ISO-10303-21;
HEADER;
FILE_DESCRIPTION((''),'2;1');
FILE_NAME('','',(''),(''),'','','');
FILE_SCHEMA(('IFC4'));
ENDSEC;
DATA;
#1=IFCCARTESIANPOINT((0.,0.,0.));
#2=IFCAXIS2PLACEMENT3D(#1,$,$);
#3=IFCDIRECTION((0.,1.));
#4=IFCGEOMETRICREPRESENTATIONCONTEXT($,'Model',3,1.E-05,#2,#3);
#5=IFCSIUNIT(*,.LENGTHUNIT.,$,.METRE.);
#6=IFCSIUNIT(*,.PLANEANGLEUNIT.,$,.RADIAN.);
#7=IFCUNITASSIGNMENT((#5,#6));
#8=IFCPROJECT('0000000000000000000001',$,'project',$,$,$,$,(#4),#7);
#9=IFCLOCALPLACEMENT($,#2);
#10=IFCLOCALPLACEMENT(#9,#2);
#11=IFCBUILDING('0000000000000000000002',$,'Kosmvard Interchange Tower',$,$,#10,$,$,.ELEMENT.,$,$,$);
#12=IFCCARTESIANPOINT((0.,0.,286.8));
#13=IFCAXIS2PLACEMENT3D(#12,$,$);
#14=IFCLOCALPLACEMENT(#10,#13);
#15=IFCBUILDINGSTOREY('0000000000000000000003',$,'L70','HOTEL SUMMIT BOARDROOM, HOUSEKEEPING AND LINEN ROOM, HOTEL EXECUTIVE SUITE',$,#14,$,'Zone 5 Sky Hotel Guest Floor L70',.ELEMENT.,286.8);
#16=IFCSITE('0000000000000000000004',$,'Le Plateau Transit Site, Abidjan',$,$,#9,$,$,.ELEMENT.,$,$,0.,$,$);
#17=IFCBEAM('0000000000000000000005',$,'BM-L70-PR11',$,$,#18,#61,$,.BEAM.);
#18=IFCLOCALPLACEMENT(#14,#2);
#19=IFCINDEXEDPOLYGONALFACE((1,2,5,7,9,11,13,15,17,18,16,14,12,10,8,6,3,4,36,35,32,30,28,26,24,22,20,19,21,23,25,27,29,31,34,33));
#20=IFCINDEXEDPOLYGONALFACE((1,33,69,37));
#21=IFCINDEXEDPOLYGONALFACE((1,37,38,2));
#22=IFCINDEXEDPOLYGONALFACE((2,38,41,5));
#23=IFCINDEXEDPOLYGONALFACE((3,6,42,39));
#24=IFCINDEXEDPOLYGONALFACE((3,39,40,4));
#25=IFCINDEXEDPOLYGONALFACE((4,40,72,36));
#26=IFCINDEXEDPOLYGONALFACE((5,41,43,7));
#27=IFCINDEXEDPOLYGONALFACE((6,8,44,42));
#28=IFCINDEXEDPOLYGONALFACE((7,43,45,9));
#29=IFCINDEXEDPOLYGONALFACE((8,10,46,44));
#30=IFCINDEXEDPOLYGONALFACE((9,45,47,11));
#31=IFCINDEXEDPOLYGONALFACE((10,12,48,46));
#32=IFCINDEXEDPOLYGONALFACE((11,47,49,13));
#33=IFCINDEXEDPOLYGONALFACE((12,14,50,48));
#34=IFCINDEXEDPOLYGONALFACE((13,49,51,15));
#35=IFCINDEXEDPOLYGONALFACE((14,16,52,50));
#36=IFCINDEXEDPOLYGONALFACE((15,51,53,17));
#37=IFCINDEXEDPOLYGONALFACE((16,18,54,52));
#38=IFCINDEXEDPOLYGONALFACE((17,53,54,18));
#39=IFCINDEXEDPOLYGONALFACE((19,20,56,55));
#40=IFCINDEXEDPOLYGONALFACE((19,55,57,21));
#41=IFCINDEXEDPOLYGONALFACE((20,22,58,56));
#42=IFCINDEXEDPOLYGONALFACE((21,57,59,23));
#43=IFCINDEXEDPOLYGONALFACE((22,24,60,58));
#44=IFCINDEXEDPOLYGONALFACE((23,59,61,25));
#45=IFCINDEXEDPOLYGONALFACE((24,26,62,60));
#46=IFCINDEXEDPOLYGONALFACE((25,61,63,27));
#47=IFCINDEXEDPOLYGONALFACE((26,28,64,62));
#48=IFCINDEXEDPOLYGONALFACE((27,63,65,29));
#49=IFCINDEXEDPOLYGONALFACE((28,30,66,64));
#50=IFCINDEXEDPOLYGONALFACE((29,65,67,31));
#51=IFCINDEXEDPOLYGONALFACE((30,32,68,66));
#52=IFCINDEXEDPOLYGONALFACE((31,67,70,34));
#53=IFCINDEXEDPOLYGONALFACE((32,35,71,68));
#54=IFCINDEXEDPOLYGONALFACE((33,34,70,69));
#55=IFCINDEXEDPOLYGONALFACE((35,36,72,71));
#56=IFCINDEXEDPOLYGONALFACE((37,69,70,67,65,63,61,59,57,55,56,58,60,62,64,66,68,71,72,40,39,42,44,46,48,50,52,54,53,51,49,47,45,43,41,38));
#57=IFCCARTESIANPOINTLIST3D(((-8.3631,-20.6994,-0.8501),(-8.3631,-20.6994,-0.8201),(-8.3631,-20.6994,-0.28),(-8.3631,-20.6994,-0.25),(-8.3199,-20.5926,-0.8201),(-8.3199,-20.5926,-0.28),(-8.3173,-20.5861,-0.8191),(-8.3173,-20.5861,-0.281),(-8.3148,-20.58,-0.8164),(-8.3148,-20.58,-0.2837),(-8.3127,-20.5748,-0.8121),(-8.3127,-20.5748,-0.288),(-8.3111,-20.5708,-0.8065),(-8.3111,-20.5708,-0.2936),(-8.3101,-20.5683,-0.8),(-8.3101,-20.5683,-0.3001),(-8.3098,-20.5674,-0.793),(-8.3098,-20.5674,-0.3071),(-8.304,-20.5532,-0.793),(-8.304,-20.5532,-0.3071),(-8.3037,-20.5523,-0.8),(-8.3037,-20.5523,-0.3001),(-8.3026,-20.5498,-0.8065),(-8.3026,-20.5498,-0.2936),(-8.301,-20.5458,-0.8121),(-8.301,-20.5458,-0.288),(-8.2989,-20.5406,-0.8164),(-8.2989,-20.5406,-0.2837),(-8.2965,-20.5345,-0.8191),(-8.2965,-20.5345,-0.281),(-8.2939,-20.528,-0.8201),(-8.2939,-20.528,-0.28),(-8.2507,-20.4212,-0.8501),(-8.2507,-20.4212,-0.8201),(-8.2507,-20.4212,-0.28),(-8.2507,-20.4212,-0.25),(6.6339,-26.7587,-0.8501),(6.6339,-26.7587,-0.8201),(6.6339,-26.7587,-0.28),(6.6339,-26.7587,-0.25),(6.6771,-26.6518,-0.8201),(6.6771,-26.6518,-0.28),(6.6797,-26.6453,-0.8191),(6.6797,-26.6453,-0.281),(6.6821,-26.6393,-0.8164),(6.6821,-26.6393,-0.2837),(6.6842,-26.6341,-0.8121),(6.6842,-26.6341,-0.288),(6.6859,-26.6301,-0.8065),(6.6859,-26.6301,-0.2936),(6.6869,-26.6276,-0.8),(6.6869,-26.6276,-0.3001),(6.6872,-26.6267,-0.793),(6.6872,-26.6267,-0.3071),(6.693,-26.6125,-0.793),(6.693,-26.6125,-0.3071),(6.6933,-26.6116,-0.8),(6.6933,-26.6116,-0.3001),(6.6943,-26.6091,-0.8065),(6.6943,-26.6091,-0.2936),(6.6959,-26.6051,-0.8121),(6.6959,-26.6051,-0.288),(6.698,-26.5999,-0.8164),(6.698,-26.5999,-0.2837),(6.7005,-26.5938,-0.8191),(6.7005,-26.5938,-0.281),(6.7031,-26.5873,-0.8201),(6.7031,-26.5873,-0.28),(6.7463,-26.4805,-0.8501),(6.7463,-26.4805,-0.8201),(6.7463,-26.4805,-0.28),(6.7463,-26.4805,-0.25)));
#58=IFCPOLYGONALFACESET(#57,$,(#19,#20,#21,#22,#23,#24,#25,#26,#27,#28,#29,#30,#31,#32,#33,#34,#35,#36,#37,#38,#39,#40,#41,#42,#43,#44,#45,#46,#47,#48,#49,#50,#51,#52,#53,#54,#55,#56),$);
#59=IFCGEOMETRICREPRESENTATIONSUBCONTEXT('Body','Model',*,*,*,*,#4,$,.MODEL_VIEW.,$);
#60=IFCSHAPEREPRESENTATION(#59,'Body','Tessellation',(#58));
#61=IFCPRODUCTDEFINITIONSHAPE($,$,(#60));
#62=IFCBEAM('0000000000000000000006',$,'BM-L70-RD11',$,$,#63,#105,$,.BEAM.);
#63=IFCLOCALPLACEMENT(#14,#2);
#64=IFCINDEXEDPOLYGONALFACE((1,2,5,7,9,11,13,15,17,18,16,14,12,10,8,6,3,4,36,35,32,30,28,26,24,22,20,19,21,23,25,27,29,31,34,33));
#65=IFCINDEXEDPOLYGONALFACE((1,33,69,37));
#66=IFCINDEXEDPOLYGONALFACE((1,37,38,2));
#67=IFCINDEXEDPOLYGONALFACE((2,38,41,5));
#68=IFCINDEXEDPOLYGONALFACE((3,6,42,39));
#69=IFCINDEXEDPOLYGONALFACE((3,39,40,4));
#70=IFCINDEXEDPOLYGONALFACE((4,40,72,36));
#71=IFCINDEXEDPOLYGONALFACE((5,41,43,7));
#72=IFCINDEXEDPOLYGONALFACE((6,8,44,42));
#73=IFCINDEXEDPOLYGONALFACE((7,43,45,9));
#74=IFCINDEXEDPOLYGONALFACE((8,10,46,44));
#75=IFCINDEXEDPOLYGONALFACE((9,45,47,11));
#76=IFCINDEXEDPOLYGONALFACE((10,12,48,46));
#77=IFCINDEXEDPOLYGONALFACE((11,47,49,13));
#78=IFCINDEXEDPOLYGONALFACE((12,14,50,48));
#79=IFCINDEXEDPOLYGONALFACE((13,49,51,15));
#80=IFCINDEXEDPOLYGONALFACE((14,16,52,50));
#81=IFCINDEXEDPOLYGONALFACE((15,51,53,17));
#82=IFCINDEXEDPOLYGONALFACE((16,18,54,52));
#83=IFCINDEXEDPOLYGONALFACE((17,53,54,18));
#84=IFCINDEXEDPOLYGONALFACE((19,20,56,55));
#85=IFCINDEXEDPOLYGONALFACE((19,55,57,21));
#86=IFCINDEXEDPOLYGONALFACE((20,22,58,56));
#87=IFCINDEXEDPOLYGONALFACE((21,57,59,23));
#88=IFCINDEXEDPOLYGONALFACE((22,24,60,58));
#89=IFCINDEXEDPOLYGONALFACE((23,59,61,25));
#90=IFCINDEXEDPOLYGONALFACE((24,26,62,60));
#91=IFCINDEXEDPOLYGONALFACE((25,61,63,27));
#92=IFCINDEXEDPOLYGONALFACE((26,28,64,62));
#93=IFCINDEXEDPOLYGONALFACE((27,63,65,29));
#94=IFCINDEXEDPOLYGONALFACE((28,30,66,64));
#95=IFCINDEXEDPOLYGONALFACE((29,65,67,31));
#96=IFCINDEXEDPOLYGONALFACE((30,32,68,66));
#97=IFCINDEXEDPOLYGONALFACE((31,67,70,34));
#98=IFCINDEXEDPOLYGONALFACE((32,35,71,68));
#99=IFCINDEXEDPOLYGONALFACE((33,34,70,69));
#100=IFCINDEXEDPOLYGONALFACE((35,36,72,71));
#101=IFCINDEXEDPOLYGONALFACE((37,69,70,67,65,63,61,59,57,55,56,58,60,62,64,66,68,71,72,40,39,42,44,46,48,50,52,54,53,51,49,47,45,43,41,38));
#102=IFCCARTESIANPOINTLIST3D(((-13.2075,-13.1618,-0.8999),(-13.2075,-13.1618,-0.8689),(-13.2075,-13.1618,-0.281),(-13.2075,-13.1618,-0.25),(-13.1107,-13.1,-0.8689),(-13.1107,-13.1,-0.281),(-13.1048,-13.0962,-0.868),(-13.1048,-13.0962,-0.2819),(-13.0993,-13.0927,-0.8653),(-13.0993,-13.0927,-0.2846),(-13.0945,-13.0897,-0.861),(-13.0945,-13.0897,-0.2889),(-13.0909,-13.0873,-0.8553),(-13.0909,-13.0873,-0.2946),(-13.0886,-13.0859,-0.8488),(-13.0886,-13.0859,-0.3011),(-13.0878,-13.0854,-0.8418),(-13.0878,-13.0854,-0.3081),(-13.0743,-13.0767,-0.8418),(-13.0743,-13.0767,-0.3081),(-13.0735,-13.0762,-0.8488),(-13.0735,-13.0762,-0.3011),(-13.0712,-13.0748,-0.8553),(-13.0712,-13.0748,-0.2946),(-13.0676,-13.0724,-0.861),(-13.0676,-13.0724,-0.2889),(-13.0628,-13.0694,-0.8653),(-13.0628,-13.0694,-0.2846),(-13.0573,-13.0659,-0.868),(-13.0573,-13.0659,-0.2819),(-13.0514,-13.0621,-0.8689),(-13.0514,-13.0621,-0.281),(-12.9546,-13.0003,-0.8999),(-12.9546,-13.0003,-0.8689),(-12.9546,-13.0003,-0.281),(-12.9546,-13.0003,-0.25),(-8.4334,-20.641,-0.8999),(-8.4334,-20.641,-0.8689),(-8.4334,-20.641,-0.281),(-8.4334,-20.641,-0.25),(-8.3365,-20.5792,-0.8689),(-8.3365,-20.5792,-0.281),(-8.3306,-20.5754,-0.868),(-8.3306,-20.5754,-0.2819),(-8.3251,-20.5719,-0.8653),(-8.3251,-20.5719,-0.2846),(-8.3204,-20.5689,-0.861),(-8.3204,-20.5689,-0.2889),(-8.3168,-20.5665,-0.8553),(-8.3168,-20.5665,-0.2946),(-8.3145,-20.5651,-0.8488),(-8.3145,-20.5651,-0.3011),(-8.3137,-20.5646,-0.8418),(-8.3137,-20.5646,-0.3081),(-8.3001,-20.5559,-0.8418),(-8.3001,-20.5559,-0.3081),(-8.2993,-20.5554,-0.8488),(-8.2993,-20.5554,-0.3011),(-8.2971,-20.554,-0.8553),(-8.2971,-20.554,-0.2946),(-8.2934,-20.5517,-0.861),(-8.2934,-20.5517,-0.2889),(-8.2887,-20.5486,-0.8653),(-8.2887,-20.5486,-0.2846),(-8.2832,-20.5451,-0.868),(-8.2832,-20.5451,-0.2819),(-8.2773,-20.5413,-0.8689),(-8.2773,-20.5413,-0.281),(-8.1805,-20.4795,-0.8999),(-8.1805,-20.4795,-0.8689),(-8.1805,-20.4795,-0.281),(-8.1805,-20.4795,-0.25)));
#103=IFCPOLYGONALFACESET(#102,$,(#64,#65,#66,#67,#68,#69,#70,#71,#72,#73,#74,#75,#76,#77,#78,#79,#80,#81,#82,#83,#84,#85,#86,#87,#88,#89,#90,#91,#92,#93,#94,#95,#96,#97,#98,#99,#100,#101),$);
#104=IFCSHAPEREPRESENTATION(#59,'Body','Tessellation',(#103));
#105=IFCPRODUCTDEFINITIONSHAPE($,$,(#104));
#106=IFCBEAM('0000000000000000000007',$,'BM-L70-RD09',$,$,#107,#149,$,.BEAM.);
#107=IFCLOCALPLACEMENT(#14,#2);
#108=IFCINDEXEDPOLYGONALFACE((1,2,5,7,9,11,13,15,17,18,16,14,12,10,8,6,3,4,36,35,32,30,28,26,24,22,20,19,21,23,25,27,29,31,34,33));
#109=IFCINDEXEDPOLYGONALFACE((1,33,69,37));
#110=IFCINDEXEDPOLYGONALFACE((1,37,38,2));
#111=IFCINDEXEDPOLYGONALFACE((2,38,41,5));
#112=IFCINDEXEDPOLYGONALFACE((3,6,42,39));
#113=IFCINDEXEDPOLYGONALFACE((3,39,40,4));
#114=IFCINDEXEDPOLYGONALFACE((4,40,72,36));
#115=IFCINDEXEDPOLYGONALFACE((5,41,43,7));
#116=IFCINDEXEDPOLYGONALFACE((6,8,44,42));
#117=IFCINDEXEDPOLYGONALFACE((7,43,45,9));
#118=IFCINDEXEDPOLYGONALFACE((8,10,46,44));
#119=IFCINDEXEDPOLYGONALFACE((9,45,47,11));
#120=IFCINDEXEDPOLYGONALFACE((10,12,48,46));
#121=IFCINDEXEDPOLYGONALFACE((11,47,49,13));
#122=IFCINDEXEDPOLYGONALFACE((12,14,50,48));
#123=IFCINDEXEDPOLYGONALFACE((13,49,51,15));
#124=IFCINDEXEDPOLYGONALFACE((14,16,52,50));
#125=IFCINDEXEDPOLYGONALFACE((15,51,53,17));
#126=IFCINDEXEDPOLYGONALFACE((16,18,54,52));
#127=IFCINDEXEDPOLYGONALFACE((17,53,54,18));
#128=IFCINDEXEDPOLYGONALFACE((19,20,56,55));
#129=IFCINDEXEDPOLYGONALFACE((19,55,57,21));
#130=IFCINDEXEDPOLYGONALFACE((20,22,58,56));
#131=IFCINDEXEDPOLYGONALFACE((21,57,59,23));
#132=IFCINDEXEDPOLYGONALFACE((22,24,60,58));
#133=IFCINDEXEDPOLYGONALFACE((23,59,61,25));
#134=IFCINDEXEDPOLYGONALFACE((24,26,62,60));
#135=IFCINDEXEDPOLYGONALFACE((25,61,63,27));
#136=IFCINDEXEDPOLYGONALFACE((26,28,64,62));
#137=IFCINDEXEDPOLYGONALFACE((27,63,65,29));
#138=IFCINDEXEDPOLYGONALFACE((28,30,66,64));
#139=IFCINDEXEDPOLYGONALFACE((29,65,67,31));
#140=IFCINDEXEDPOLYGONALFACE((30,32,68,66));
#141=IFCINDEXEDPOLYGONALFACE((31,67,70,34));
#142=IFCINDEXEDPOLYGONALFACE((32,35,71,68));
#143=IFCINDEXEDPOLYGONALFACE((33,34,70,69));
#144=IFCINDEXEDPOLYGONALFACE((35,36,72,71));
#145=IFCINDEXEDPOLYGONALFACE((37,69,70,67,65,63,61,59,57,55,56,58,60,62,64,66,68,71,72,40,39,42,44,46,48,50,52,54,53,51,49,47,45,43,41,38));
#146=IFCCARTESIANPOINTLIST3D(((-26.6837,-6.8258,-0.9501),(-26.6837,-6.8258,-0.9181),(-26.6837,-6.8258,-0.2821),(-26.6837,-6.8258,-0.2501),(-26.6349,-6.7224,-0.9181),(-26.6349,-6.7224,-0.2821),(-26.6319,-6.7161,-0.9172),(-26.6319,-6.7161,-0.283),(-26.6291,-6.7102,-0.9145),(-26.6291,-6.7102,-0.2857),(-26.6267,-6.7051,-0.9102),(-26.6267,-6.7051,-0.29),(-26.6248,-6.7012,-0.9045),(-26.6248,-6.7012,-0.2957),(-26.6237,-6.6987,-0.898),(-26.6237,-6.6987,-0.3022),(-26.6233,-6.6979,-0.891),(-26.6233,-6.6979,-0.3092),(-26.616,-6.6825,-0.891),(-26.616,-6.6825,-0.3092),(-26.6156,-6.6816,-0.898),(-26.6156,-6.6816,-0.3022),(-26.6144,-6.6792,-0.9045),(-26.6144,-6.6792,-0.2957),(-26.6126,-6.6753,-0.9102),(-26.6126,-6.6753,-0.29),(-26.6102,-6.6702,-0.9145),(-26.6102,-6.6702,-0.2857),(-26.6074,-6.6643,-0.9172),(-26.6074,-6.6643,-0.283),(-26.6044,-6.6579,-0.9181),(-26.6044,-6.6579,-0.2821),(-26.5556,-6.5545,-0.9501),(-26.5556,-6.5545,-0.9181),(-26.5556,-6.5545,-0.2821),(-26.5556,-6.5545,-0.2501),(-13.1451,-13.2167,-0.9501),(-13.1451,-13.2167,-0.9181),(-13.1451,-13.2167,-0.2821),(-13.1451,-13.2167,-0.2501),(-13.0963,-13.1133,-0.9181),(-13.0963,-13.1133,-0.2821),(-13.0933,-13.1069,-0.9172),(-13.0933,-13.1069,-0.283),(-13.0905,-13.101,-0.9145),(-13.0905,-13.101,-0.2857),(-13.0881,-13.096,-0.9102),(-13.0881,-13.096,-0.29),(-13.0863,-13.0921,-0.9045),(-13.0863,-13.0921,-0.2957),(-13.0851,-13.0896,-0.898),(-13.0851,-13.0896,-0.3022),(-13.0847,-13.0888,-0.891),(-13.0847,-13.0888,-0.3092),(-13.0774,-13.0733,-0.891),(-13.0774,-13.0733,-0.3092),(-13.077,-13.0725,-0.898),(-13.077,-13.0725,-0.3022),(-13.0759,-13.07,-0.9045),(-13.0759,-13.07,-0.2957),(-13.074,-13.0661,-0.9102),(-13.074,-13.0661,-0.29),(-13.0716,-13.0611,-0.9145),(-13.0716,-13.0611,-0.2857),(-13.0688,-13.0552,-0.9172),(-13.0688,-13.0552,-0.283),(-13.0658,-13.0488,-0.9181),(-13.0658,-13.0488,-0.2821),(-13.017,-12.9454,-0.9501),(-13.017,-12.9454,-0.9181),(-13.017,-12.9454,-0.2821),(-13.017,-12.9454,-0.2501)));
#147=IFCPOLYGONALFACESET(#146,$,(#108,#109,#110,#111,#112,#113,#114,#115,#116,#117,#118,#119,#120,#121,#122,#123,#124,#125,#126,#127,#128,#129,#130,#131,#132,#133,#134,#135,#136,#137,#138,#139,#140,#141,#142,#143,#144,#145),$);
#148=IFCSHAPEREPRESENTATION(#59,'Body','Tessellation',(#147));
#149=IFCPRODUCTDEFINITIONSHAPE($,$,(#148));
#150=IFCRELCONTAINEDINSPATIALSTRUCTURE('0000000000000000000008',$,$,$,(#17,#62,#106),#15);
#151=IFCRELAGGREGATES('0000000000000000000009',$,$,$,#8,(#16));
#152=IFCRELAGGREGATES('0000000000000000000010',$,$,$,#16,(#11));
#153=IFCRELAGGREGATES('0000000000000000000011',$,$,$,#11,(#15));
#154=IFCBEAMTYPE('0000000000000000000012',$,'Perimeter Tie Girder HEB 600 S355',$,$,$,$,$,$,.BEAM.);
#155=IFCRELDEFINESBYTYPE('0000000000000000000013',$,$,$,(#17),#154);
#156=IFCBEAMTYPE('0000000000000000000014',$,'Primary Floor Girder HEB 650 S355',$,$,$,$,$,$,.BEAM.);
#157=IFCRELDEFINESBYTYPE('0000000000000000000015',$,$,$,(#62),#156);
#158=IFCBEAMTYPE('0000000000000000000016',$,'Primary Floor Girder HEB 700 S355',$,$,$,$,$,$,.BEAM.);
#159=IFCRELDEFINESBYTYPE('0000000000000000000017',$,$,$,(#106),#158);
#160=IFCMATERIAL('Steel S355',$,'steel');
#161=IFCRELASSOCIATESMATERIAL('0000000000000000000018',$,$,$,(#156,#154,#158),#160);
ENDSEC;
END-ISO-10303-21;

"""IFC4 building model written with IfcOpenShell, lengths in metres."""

from ifc_helpers import new_model, si_unit, direction, frame, origin, origin_2d, place, context, subcontext, project, spatial, i_section, extrude, source, transform, mapped, material, material_profile, profile_set, type_object, element, save


model = new_model("IFC4")

# Units and contexts
model_context = context("Model", 3, precision=1e-05, world=origin(), true_north=direction((0.0, 1.0)))
body_context = subcontext(model_context, "Body", "Model", "MODEL_VIEW")
ifc_project = project(units=[si_unit("LENGTHUNIT", "METRE"), si_unit("PLANEANGLEUNIT", "RADIAN")], contexts=[model_context])

# Site, building, storey
site_placement = place(None, origin())
site = spatial("IfcSite", under=ifc_project, at=site_placement, Name="Le Plateau Transit Site, Abidjan", CompositionType="ELEMENT", RefElevation=0.0)
building_placement = place(site_placement, origin())
building = spatial("IfcBuilding", under=site, at=building_placement, Name="Kosmvard Interchange Tower", CompositionType="ELEMENT")
storey_placement = place(building_placement, frame((0.0, 0.0, 286.8)))
storey = spatial("IfcBuildingStorey", under=building, at=storey_placement, Name="L70", Description="HOTEL SUMMIT BOARDROOM, HOUSEKEEPING AND LINEN ROOM, HOTEL EXECUTIVE SUITE", LongName="Zone 5 Sky Hotel Guest Floor L70", CompositionType="ELEMENT", Elevation=286.8)

# Beams
ifc_material_1 = material(Name="Steel S355", Category="steel")
ifc_material_profile_1 = material_profile(ifc_material_1, i_section(OverallWidth=0.3, OverallDepth=0.6499, WebThickness=0.0161, FlangeThickness=0.031, FilletRadius=0.0271, at=origin_2d()), Name="HEB 650")
ifc_profile_set_1 = profile_set([ifc_material_profile_1], Name="Steel S355")
beam_type_1 = type_object("IfcBeamType", Name="Primary Floor Girder HEB 650 S355", PredefinedType="BEAM", material=ifc_profile_set_1)
ifc_material_profile_2 = material_profile(ifc_material_1, i_section(OverallWidth=0.3, OverallDepth=0.6001, WebThickness=0.0154, FlangeThickness=0.03, FilletRadius=0.0271, at=origin_2d()), Name="HEB 600")
ifc_profile_set_2 = profile_set([ifc_material_profile_2], Name="Steel S355")
beam_type_2 = type_object("IfcBeamType", Name="Perimeter Tie Girder HEB 600 S355", PredefinedType="BEAM", material=ifc_profile_set_2)
shared_shape_1 = source(origin(), body_context, "Body", "SweptSolid", [
    extrude(i_section(OverallWidth=0.3, OverallDepth=0.6001, WebThickness=0.0154, FlangeThickness=0.03, FilletRadius=0.0271, at=origin_2d()), origin(), (0.0, 0.0, 1.0), 16.1748),
])
beam_1_placement = place(storey_placement, frame((-8.3069, -20.5603, -0.55), z_axis=(0.927181, -0.374613, 0.0), x_axis=(0.374613, 0.927181, 0.0)))
element("IfcBeam", 1, at=beam_1_placement, inside=storey, type_object=beam_type_2, Name="BM-L70-PR11", PredefinedType="BEAM", context=body_context, shape_type="MappedRepresentation", body=[
    mapped(shared_shape_1, transform((0.0, 0.0, 0.0), scale=1.0)),
])
shared_shape_2 = source(origin(), body_context, "Body", "SweptSolid", [
    extrude(i_section(OverallWidth=0.3, OverallDepth=0.6499, WebThickness=0.0161, FlangeThickness=0.031, FilletRadius=0.0271, at=origin_2d()), origin(), (0.0, 0.0, 1.0), 8.873),
])
beam_2_placement = place(storey_placement, frame((-13.0811, -13.0811, -0.575), z_axis=(0.53805, -0.842913, 0.0), x_axis=(0.842913, 0.53805, 0.0)))
element("IfcBeam", 2, at=beam_2_placement, inside=storey, type_object=beam_type_1, Name="BM-L70-RD11", PredefinedType="BEAM", context=body_context, shape_type="MappedRepresentation", body=[
    mapped(shared_shape_2, transform((0.0, 0.0, 0.0), scale=1.0)),
])
ifc_material_profile_3 = material_profile(ifc_material_1, i_section(OverallWidth=0.3, OverallDepth=0.7, WebThickness=0.0171, FlangeThickness=0.032, FilletRadius=0.0271, at=origin_2d()), Name="HEB 700")
ifc_profile_set_3 = profile_set([ifc_material_profile_3], Name="Steel S355")
beam_type_3 = type_object("IfcBeamType", Name="Primary Floor Girder HEB 700 S355", PredefinedType="BEAM", material=ifc_profile_set_3)
shared_shape_3 = source(origin(), body_context, "Body", "SweptSolid", [
    extrude(i_section(OverallWidth=0.3, OverallDepth=0.7, WebThickness=0.0171, FlangeThickness=0.032, FilletRadius=0.0271, at=origin_2d()), origin(), (0.0, 0.0, 1.0), 14.9712),
])
beam_3_placement = place(storey_placement, frame((-13.0811, -13.0811, -0.6001), z_axis=(-0.904309, 0.426878, 0.0), x_axis=(-0.426878, -0.904309, 0.0)))
element("IfcBeam", 3, at=beam_3_placement, inside=storey, type_object=beam_type_3, Name="BM-L70-RD09", PredefinedType="BEAM", context=body_context, shape_type="MappedRepresentation", body=[
    mapped(shared_shape_3, transform((0.0, 0.0, 0.0), scale=1.0)),
])

save(model, "model.ifc")
